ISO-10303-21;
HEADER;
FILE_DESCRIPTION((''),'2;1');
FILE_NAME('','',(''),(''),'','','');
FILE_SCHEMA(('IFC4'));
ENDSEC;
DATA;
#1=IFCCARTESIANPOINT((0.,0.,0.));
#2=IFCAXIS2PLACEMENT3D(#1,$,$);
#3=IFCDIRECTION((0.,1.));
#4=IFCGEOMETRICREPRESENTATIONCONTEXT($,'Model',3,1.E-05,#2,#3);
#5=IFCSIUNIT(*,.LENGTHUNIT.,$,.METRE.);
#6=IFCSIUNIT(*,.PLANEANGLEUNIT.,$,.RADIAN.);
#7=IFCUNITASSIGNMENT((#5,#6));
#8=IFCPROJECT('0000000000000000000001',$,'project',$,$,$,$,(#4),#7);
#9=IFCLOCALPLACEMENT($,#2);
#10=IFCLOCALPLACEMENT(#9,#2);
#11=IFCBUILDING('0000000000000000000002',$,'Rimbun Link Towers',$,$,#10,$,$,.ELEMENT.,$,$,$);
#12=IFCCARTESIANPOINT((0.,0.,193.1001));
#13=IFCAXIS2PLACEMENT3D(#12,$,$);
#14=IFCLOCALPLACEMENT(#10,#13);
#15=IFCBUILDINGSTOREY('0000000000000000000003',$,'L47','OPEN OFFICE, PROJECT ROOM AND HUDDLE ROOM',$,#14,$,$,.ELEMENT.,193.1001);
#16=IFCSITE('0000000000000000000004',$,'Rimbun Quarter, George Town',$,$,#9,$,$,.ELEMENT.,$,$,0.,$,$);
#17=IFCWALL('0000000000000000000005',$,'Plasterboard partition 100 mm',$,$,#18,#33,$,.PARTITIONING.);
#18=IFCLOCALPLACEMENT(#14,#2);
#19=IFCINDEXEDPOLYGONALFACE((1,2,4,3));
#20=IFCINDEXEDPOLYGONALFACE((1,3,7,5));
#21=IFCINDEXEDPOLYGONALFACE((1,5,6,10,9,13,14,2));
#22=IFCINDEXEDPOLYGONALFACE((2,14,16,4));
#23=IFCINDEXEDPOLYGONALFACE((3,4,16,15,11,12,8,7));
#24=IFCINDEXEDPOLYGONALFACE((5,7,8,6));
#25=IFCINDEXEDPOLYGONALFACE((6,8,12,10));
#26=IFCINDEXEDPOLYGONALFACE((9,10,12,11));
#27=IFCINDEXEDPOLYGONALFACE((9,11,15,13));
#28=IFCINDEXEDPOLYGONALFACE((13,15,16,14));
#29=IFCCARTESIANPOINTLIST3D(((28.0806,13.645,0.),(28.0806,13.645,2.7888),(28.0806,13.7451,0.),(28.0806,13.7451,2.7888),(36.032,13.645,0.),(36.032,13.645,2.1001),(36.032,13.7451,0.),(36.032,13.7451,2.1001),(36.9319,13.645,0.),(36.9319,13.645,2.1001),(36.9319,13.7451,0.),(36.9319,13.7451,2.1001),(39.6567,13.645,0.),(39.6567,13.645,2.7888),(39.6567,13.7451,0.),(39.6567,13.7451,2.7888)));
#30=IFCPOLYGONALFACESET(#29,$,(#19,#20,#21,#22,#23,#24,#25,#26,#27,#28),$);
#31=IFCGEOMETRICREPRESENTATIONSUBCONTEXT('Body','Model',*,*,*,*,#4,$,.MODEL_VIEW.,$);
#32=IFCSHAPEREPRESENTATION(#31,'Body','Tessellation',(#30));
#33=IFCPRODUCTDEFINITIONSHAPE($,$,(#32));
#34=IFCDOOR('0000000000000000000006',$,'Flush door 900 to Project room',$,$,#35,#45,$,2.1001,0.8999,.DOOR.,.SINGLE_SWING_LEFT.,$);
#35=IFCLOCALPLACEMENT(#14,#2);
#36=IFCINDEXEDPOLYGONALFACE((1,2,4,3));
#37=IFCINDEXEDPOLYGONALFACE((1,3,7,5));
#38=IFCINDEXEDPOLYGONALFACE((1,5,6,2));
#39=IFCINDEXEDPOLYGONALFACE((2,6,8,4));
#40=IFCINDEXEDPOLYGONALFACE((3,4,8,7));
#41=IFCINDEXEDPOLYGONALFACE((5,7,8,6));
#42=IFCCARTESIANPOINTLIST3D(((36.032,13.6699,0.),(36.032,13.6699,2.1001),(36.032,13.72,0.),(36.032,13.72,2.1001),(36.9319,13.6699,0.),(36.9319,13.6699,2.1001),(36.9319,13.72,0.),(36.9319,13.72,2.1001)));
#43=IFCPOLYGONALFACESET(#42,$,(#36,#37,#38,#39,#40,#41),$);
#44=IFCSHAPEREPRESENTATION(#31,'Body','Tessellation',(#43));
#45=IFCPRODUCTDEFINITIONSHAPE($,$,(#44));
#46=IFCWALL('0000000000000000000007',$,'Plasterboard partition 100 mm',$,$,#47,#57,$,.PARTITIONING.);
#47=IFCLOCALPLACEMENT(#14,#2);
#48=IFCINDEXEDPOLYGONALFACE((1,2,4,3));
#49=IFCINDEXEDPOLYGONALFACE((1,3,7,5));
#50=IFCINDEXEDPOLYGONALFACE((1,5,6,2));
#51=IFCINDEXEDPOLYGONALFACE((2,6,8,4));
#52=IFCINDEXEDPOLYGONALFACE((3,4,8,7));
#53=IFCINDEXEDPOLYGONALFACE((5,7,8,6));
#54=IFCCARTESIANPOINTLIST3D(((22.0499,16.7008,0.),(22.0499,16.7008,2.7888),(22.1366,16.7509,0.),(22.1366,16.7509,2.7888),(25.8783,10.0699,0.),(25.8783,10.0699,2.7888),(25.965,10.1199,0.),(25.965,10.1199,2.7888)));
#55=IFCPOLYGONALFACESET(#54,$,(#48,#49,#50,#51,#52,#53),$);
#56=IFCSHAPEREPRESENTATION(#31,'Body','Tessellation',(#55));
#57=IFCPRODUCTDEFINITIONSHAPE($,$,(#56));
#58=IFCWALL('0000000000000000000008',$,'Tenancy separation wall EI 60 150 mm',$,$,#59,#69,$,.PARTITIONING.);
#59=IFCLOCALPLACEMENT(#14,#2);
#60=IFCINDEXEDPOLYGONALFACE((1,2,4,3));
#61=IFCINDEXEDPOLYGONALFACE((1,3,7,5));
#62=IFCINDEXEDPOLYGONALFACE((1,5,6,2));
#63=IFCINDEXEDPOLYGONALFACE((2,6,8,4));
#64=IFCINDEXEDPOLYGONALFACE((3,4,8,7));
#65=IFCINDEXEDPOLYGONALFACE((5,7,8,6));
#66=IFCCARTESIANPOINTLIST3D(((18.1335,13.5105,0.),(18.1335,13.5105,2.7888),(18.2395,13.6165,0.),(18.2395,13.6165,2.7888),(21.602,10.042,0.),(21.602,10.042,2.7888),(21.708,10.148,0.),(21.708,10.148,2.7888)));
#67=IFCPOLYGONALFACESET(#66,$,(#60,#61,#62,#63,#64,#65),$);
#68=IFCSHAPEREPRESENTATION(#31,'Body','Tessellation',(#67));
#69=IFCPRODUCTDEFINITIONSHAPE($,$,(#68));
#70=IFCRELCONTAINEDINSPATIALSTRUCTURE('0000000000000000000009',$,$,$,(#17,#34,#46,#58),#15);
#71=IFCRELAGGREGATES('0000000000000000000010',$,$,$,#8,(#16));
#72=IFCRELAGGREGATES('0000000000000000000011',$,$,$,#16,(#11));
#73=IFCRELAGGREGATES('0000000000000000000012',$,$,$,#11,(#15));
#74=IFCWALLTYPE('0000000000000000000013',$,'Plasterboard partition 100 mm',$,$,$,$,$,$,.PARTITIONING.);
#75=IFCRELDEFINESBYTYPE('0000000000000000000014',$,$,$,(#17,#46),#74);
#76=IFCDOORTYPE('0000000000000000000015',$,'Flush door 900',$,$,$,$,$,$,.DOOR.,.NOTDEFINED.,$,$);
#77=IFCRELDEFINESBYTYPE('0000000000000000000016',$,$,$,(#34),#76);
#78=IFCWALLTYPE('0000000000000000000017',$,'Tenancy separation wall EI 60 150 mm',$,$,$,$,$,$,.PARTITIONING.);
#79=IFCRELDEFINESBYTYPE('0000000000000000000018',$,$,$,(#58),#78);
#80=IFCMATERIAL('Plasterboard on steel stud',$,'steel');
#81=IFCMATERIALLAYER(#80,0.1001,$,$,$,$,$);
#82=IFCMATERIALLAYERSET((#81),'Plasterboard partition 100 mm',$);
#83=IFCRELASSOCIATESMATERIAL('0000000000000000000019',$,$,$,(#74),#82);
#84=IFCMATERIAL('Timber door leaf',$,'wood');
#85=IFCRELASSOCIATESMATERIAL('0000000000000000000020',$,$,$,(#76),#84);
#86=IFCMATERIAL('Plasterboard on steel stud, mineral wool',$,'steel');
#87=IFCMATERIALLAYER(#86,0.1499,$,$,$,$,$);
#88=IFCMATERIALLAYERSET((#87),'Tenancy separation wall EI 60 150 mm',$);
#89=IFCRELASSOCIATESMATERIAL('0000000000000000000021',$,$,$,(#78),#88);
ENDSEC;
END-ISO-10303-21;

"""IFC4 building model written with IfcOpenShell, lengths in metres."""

from ifc_helpers import new_model, si_unit, direction, frame, frame_2d, origin, place, context, subcontext, project, spatial, rectangle, extrude, material, layer, layer_set, type_object, element, fill, save


model = new_model("IFC4")

# Units and contexts
model_context = context("Model", 3, precision=1e-05, world=origin(), true_north=direction((0.0, 1.0)))
body_context = subcontext(model_context, "Body", "Model", "MODEL_VIEW")
ifc_project = project(units=[si_unit("LENGTHUNIT", "METRE"), si_unit("PLANEANGLEUNIT", "RADIAN")], contexts=[model_context])

# Site, building, storey
site_placement = place(None, origin())
site = spatial("IfcSite", under=ifc_project, at=site_placement, Name="Rimbun Quarter, George Town", CompositionType="ELEMENT", RefElevation=0.0)
building_placement = place(site_placement, origin())
building = spatial("IfcBuilding", under=site, at=building_placement, Name="Rimbun Link Towers", CompositionType="ELEMENT")
storey_placement = place(building_placement, frame((0.0, 0.0, 193.1001)))
storey = spatial("IfcBuildingStorey", under=building, at=storey_placement, Name="L47", Description="OPEN OFFICE, PROJECT ROOM AND HUDDLE ROOM", CompositionType="ELEMENT", Elevation=193.1001)

# Wall, opening, door
ifc_material_1 = material(Name="Plasterboard on steel stud", Category="steel")
ifc_layer_1 = layer(ifc_material_1, 0.1001)
ifc_layer_set_1 = layer_set([ifc_layer_1], Name="Plasterboard partition 100 mm")
wall_type_1 = type_object("IfcWallType", Name="Plasterboard partition 100 mm", PredefinedType="PARTITIONING", material=ifc_layer_set_1)
wall_1_placement = place(storey_placement, frame((28.0806, 13.6951, 0.0), z_axis=(0.0, 0.0, 1.0), x_axis=(1.0, 0.0, 0.0)))
wall_1 = element("IfcWall", 1, at=wall_1_placement, inside=storey, type_object=wall_type_1, Name="Plasterboard partition 100 mm", PredefinedType="PARTITIONING", context=body_context, shape_type="SweptSolid", body=[
    extrude(rectangle(XDim=11.5762, YDim=0.1001, at=frame_2d((5.7881, 0.0))), origin(), (0.0, 0.0, 1.0), 2.7888),
])
opening_placement = place(wall_1_placement, frame((7.9514, 0.0, 0.0)))
opening = element("IfcOpeningElement", 2, at=opening_placement, cuts=wall_1, PredefinedType="OPENING", context=body_context, shape_type="SweptSolid", body=[
    extrude(rectangle(XDim=0.8999, YDim=2.1001, at=frame_2d((0.45, 1.05))), frame((0.0, 0.0601, 0.0), z_axis=(0.0, -1.0, 0.0), x_axis=(1.0, 0.0, 0.0)), (0.0, 0.0, 1.0), 0.1201),
])
ifc_material_2 = material(Name="Timber door leaf", Category="wood")
door_type = type_object("IfcDoorType", Name="Flush door 900", OperationType="NOTDEFINED", PredefinedType="DOOR", material=ifc_material_2)
door_placement = place(opening_placement, origin())
door = element("IfcDoor", 3, at=door_placement, inside=storey, type_object=door_type, Name="Flush door 900 to Project room", OperationType="SINGLE_SWING_LEFT", OverallHeight=2.1001, OverallWidth=0.8999, PredefinedType="DOOR", context=body_context, shape_type="SweptSolid", body=[
    extrude(rectangle(XDim=0.8999, YDim=2.1001, at=frame_2d((0.45, 1.05))), frame((0.0, 0.0249, 0.0), z_axis=(0.0, -1.0, 0.0), x_axis=(1.0, 0.0, 0.0)), (0.0, 0.0, 1.0), 0.05),
])
fill(opening, door)

# Walls
wall_2_placement = place(storey_placement, frame((22.0933, 16.7258, 0.0), z_axis=(0.0, 0.0, 1.0), x_axis=(0.500004, -0.866023, 0.0)))
element("IfcWall", 4, at=wall_2_placement, inside=storey, type_object=wall_type_1, Name="Plasterboard partition 100 mm", PredefinedType="PARTITIONING", context=body_context, shape_type="SweptSolid", body=[
    extrude(rectangle(XDim=7.6567, YDim=0.1001, at=frame_2d((3.8284, 0.0))), origin(), (0.0, 0.0, 1.0), 2.7888),
])
ifc_material_3 = material(Name="Plasterboard on steel stud, mineral wool", Category="steel")
ifc_layer_2 = layer(ifc_material_3, 0.1499)
ifc_layer_set_2 = layer_set([ifc_layer_2], Name="Tenancy separation wall EI 60 150 mm")
wall_type_2 = type_object("IfcWallType", Name="Tenancy separation wall EI 60 150 mm", PredefinedType="PARTITIONING", material=ifc_layer_set_2)
wall_3_placement = place(storey_placement, frame((21.655, 10.095, 0.0), z_axis=(0.0, 0.0, 1.0), x_axis=(-0.707107, 0.707107, 0.0)))
element("IfcWall", 5, at=wall_3_placement, inside=storey, type_object=wall_type_2, Name="Tenancy separation wall EI 60 150 mm", PredefinedType="PARTITIONING", context=body_context, shape_type="SweptSolid", body=[
    extrude(rectangle(XDim=4.9053, YDim=0.1499, at=frame_2d((2.4526, 0.0))), origin(), (0.0, 0.0, 1.0), 2.7888),
])

save(model, "model.ifc")
